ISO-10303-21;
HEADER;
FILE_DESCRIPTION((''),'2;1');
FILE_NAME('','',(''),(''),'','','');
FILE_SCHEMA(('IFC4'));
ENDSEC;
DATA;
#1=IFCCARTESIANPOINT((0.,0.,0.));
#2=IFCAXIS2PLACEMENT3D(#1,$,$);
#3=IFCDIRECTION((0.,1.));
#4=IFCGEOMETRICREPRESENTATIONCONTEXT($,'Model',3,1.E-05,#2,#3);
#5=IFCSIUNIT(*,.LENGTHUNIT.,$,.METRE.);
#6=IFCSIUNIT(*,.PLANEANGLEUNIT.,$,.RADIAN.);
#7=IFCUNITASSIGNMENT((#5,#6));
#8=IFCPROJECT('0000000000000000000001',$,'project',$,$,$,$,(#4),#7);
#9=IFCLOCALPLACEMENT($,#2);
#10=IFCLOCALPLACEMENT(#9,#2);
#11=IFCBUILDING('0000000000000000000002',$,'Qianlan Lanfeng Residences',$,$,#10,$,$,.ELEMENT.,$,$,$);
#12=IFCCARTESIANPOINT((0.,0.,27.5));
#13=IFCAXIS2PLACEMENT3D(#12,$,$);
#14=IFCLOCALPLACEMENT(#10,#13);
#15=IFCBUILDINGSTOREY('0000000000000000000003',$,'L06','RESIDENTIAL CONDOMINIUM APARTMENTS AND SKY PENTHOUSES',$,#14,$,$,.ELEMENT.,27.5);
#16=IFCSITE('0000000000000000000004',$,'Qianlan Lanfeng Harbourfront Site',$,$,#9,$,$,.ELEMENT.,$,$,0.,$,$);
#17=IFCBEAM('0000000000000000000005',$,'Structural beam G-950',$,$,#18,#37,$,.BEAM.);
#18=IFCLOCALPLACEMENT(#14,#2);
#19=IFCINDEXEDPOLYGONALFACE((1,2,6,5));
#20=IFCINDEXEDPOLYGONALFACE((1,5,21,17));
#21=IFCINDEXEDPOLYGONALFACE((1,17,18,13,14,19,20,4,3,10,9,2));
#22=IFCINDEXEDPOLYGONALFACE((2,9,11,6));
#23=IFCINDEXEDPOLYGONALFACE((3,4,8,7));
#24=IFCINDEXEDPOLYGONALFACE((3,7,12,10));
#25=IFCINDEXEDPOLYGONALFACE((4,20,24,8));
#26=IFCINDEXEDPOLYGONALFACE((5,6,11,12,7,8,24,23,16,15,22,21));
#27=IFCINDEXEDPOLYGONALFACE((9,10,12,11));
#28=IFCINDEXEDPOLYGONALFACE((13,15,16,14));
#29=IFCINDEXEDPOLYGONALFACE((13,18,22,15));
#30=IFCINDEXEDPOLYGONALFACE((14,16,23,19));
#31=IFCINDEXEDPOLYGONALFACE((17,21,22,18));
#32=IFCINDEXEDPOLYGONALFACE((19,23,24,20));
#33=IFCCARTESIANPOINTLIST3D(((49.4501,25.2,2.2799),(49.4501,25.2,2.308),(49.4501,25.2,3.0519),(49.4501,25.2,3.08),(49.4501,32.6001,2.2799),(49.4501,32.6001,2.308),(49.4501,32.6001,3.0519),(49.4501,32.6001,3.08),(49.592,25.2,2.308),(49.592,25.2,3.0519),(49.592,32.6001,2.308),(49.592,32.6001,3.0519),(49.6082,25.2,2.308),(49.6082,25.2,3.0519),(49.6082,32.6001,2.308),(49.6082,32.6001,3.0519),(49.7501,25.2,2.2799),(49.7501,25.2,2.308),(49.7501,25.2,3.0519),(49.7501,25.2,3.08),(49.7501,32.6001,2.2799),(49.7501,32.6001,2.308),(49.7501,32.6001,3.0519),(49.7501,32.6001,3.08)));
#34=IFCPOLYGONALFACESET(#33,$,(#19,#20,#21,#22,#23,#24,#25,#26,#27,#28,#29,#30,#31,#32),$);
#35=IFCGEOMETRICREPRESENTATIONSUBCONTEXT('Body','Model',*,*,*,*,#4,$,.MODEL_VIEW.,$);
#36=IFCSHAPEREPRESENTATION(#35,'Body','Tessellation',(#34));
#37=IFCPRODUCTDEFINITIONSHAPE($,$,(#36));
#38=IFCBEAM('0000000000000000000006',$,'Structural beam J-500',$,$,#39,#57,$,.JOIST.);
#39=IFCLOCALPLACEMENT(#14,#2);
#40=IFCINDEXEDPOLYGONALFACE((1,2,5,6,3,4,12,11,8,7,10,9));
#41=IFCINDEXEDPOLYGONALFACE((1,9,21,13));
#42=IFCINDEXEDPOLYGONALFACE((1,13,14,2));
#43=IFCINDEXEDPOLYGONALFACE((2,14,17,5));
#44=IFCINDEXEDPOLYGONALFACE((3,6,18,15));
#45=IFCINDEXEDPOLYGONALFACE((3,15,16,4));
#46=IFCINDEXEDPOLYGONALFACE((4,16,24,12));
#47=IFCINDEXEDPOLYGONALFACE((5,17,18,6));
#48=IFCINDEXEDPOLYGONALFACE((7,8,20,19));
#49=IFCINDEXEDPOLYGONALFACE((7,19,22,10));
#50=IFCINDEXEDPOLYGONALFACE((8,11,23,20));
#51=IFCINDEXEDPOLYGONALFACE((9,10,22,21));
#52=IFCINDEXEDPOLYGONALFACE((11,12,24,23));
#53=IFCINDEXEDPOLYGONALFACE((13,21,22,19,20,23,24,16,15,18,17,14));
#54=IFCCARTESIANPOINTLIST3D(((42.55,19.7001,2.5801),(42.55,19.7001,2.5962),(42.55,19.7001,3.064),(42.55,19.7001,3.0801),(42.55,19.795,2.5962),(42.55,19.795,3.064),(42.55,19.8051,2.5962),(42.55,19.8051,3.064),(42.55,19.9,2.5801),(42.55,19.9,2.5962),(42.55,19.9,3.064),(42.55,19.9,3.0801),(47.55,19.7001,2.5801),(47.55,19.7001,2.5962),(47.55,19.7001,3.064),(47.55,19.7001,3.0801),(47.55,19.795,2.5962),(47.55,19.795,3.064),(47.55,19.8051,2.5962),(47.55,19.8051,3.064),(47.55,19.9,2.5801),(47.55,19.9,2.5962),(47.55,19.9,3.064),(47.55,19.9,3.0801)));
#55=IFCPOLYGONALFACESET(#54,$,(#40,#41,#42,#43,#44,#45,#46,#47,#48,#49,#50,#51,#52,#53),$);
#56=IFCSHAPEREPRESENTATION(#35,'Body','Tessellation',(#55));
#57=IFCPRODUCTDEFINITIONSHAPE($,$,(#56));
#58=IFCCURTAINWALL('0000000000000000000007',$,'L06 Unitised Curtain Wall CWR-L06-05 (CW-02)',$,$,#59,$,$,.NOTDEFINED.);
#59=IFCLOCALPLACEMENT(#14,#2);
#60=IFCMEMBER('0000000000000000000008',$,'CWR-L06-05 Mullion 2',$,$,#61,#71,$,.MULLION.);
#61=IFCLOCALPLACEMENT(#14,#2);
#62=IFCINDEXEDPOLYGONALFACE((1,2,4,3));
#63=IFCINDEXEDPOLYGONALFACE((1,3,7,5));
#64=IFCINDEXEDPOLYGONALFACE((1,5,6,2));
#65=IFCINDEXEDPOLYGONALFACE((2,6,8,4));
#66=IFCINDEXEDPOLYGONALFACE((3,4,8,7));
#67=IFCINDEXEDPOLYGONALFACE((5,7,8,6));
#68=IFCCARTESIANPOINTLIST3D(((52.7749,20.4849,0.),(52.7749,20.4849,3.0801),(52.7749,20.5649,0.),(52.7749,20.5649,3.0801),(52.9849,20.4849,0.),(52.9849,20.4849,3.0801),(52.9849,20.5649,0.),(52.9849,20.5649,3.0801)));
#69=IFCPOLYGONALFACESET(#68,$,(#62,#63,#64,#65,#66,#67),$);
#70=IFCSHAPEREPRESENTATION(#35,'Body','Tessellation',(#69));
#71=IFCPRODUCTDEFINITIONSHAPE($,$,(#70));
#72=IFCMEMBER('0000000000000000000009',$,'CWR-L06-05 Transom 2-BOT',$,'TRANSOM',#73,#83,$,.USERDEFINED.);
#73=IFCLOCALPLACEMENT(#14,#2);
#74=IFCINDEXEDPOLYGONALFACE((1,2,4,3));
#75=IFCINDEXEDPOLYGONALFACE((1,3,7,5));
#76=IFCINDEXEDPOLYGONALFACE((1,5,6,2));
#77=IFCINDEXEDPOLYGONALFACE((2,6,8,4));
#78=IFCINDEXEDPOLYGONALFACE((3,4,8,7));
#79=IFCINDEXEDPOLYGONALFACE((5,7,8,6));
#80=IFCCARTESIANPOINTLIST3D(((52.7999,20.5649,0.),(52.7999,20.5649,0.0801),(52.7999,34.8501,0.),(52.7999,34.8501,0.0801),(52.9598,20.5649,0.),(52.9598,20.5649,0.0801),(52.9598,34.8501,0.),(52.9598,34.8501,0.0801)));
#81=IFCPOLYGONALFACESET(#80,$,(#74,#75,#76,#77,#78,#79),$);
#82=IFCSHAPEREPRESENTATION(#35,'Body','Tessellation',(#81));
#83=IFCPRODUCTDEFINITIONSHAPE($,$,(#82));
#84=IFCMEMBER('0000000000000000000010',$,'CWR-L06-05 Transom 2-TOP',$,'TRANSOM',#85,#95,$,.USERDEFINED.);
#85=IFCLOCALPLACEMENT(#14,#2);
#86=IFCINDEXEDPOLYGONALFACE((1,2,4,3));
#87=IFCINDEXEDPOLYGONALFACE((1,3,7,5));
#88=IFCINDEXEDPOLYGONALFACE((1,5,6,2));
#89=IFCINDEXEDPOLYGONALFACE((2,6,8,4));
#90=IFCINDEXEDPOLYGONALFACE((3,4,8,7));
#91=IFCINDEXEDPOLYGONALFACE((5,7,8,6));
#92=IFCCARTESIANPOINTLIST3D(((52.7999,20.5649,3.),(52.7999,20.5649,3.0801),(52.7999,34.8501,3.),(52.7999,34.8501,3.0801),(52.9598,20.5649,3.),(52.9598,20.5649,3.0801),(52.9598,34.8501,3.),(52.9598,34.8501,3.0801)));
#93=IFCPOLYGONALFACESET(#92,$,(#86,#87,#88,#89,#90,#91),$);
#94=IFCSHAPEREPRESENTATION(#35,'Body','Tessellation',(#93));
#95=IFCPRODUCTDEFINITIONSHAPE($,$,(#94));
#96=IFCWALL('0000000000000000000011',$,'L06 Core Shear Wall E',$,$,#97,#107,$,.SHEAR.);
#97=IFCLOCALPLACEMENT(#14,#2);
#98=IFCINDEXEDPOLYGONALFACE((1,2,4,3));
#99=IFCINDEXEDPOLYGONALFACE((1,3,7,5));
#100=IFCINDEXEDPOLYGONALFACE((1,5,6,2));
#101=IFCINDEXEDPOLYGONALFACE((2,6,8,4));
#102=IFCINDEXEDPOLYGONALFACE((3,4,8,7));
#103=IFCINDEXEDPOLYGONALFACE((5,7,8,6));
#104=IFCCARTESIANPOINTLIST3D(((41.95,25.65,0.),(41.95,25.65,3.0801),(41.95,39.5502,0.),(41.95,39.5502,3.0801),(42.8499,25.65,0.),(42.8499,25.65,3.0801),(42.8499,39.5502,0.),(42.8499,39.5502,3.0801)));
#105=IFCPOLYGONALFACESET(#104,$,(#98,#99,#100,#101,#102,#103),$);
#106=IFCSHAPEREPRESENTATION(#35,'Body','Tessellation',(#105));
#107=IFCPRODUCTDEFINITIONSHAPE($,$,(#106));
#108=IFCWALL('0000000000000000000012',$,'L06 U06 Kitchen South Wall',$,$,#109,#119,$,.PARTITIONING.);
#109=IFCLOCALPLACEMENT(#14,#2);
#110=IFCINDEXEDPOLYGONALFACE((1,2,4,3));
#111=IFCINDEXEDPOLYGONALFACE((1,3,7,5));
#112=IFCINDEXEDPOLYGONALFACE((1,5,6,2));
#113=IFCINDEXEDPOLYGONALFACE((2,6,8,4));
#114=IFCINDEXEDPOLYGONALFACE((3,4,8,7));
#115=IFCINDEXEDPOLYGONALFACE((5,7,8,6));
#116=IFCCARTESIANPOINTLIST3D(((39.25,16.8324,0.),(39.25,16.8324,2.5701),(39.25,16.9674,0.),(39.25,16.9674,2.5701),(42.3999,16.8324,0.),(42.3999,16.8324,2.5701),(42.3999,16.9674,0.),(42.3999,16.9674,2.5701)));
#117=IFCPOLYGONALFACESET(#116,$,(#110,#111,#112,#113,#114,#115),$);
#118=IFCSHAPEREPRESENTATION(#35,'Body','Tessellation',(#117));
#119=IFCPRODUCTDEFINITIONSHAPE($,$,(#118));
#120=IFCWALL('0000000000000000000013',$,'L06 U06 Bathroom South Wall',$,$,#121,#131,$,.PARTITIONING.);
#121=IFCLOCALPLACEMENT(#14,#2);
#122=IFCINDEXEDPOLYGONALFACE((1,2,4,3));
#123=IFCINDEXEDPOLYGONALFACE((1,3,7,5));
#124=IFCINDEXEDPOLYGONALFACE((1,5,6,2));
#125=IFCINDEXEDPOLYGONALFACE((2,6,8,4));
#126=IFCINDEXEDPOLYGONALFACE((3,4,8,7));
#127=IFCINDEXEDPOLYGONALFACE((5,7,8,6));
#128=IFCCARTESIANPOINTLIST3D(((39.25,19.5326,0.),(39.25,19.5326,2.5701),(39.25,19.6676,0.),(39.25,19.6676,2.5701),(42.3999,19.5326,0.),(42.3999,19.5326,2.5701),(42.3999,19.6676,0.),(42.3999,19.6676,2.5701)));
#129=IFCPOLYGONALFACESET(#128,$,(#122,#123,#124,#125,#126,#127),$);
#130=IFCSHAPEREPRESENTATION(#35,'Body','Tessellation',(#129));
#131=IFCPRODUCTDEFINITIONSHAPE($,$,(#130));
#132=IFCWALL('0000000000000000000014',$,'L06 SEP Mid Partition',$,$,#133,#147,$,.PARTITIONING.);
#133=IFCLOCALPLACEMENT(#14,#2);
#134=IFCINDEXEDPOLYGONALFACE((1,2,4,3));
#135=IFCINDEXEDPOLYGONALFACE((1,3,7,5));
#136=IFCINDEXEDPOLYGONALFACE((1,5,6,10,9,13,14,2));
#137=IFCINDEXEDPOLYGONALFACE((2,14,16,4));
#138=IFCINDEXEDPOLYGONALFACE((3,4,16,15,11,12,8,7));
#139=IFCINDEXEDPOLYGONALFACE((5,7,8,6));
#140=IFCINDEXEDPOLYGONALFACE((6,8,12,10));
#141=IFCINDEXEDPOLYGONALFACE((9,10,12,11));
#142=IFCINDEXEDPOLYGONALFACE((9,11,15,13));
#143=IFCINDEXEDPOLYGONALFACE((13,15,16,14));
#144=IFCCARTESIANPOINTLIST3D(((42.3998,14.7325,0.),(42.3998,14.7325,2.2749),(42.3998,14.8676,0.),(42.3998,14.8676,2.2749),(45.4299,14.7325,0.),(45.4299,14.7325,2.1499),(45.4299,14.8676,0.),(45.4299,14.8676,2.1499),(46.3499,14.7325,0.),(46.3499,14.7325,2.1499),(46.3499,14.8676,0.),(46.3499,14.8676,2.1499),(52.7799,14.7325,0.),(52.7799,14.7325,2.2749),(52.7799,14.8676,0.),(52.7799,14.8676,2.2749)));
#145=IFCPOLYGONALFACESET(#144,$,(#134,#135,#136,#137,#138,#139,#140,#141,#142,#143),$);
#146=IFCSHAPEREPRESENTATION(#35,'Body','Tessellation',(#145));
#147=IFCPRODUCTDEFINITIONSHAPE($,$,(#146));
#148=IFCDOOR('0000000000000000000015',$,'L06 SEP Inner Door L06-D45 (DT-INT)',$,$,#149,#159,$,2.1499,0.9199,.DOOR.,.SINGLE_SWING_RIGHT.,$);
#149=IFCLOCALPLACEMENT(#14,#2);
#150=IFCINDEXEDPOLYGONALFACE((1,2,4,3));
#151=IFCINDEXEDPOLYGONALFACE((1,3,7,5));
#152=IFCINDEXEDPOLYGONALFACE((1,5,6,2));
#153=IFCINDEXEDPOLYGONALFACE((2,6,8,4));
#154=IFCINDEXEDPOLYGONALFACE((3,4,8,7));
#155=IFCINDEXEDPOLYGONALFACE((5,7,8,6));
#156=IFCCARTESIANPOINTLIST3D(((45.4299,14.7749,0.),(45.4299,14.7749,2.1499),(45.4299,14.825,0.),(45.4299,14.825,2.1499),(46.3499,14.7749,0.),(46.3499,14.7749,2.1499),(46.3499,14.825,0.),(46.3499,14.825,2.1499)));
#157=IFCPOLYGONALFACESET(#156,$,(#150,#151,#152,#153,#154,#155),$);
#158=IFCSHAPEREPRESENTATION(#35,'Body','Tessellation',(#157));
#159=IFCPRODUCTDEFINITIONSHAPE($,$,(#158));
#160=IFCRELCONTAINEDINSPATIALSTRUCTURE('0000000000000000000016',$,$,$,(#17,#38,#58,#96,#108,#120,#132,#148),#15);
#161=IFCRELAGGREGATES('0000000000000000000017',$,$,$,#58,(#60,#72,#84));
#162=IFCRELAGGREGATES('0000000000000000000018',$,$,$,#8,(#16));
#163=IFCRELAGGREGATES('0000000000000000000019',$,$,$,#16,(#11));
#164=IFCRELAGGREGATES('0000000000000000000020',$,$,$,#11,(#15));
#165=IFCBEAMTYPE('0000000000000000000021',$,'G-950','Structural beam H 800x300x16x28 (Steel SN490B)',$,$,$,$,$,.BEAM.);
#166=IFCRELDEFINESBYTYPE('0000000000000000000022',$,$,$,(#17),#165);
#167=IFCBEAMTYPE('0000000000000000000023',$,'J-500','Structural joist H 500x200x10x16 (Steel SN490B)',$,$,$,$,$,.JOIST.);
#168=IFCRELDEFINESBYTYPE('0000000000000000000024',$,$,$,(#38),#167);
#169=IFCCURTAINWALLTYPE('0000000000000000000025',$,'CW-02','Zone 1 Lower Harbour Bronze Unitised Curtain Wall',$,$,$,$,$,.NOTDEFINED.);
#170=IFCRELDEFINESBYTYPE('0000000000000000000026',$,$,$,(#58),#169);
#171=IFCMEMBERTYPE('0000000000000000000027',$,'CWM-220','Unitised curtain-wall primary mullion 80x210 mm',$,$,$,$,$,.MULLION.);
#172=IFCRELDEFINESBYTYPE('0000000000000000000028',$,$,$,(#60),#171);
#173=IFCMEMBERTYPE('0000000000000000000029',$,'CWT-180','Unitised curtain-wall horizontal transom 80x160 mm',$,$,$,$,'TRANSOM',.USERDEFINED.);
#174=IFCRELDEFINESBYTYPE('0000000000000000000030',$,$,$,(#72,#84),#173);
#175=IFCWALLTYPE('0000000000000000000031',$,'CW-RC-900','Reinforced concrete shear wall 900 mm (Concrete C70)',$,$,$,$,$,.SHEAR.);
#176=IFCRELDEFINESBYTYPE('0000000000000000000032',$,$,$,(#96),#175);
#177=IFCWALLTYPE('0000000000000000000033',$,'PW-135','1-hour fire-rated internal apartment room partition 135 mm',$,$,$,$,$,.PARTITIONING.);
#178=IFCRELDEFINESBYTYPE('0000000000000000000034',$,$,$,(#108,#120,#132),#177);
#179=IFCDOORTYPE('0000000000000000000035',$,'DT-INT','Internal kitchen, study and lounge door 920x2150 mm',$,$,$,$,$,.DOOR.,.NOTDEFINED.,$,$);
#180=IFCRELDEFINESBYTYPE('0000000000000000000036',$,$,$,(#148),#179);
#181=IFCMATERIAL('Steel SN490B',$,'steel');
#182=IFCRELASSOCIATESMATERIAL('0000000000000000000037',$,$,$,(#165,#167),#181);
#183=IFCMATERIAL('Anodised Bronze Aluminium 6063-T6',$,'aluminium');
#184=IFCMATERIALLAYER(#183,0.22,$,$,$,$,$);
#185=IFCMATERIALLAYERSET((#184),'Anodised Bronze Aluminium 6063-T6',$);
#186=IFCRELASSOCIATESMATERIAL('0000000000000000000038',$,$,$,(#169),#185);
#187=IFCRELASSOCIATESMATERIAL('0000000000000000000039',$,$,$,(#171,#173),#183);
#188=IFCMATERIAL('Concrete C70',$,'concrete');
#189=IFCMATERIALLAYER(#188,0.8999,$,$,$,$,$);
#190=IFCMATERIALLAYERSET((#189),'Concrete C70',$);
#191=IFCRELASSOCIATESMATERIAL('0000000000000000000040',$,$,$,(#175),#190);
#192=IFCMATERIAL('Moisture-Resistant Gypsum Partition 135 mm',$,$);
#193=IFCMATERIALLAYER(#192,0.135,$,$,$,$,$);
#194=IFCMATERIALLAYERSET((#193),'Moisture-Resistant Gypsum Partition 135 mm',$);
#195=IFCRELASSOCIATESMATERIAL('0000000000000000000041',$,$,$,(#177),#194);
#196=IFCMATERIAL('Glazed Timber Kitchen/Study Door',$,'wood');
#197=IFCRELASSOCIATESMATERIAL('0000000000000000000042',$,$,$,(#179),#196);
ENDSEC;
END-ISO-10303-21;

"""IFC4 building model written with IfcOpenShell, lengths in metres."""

from ifc_helpers import new_model, si_unit, direction, frame, frame_2d, origin, origin_2d, place, context, subcontext, project, spatial, rectangle, i_section, extrude, source, transform, mapped, material, layer, layer_set, material_profile, profile_set, type_object, element, fill, aggregate, save


model = new_model("IFC4")

# Units and contexts
model_context = context("Model", 3, precision=1e-05, world=origin(), true_north=direction((0.0, 1.0)))
body_context = subcontext(model_context, "Body", "Model", "MODEL_VIEW")
ifc_project = project(units=[si_unit("LENGTHUNIT", "METRE"), si_unit("PLANEANGLEUNIT", "RADIAN")], contexts=[model_context])

# Site, building, storey
site_placement = place(None, origin())
site = spatial("IfcSite", under=ifc_project, at=site_placement, Name="Qianlan Lanfeng Harbourfront Site", CompositionType="ELEMENT", RefElevation=0.0)
building_placement = place(site_placement, origin())
building = spatial("IfcBuilding", under=site, at=building_placement, Name="Qianlan Lanfeng Residences", CompositionType="ELEMENT")
storey_placement = place(building_placement, frame((0.0, 0.0, 27.5)))
storey = spatial("IfcBuildingStorey", under=building, at=storey_placement, Name="L06", Description="RESIDENTIAL CONDOMINIUM APARTMENTS AND SKY PENTHOUSES", CompositionType="ELEMENT", Elevation=27.5)

# Beams
ifc_material_1 = material(Name="Steel SN490B", Category="steel")
ifc_material_profile_1 = material_profile(ifc_material_1, i_section(OverallWidth=0.3, OverallDepth=0.8, WebThickness=0.0161, FlangeThickness=0.0281, at=origin_2d()), Name="H 800x300x16x28")
ifc_profile_set_1 = profile_set([ifc_material_profile_1], Name="Steel SN490B")
beam_type_1 = type_object("IfcBeamType", Name="G-950", Description="Structural beam H 800x300x16x28 (Steel SN490B)", PredefinedType="BEAM", material=ifc_profile_set_1)
beam_1_placement = place(storey_placement, frame((49.6001, 25.2, 2.6799), z_axis=(0.0, 1.0, 0.0), x_axis=(-1.0, 0.0, 0.0)))
element("IfcBeam", 1, at=beam_1_placement, inside=storey, type_object=beam_type_1, Name="Structural beam G-950", PredefinedType="BEAM", context=body_context, shape_type="SweptSolid", body=[
    extrude(i_section(OverallWidth=0.3, OverallDepth=0.8, WebThickness=0.0161, FlangeThickness=0.0281, at=origin_2d()), origin(), (0.0, 0.0, 1.0), 7.4001),
])
ifc_material_profile_2 = material_profile(ifc_material_1, i_section(OverallWidth=0.2, OverallDepth=0.5, WebThickness=0.01, FlangeThickness=0.0161, at=origin_2d()), Name="H 500x200x10x16")
ifc_profile_set_2 = profile_set([ifc_material_profile_2], Name="Steel SN490B")
beam_type_2 = type_object("IfcBeamType", Name="J-500", Description="Structural joist H 500x200x10x16 (Steel SN490B)", PredefinedType="JOIST", material=ifc_profile_set_2)
beam_2_placement = place(storey_placement, frame((42.55, 19.8, 2.8301), z_axis=(1.0, 0.0, 0.0), x_axis=(0.0, 1.0, 0.0)))
element("IfcBeam", 2, at=beam_2_placement, inside=storey, type_object=beam_type_2, Name="Structural beam J-500", PredefinedType="JOIST", context=body_context, shape_type="SweptSolid", body=[
    extrude(i_section(OverallWidth=0.2, OverallDepth=0.5, WebThickness=0.01, FlangeThickness=0.0161, at=origin_2d()), origin(), (0.0, 0.0, 1.0), 5.0),
])

# Curtain wall, members
ifc_material_2 = material(Name="Anodised Bronze Aluminium 6063-T6", Category="aluminium")
ifc_layer_1 = layer(ifc_material_2, 0.22)
ifc_layer_set_1 = layer_set([ifc_layer_1], Name="Anodised Bronze Aluminium 6063-T6")
curtain_wall_type = type_object("IfcCurtainWallType", Name="CW-02", Description="Zone 1 Lower Harbour Bronze Unitised Curtain Wall", PredefinedType="NOTDEFINED", material=ifc_layer_set_1)
curtain_wall_placement = place(storey_placement, origin())
curtain_wall = element("IfcCurtainWall", 3, at=curtain_wall_placement, inside=storey, type_object=curtain_wall_type, Name="L06 Unitised Curtain Wall CWR-L06-05 (CW-02)", PredefinedType="NOTDEFINED")
ifc_material_profile_3 = material_profile(ifc_material_2, rectangle(XDim=0.0801, YDim=0.21, at=origin_2d()), Name="ALU MULLION 80x210")
ifc_profile_set_3 = profile_set([ifc_material_profile_3], Name="Anodised Bronze Aluminium 6063-T6")
member_type_1 = type_object("IfcMemberType", Name="CWM-220", Description="Unitised curtain-wall primary mullion 80x210 mm", PredefinedType="MULLION", material=ifc_profile_set_3)
shared_shape_1 = source(origin(), body_context, "Body", "SweptSolid", [
    extrude(rectangle(XDim=0.0801, YDim=0.21, at=origin_2d()), origin(), (0.0, 0.0, 1.0), 3.0801),
])
member_1_placement = place(storey_placement, frame((52.8799, 20.5249, 0.0), z_axis=(0.0, 0.0, 1.0), x_axis=(0.0, 1.0, 0.0)))
member_1 = element("IfcMember", 4, at=member_1_placement, type_object=member_type_1, Name="CWR-L06-05 Mullion 2", PredefinedType="MULLION", context=body_context, shape_type="MappedRepresentation", body=[
    mapped(shared_shape_1, transform((0.0, 0.0, 0.0), scale=1.0)),
])
ifc_material_profile_4 = material_profile(ifc_material_2, rectangle(XDim=0.0801, YDim=0.1599, at=origin_2d()), Name="ALU TRANSOM 80x160")
ifc_profile_set_4 = profile_set([ifc_material_profile_4], Name="Anodised Bronze Aluminium 6063-T6")
member_type_2 = type_object("IfcMemberType", Name="CWT-180", Description="Unitised curtain-wall horizontal transom 80x160 mm", ElementType="TRANSOM", PredefinedType="USERDEFINED", material=ifc_profile_set_4)
shared_shape_2 = source(origin(), body_context, "Body", "SweptSolid", [
    extrude(rectangle(XDim=0.0801, YDim=0.1599, at=origin_2d()), origin(), (0.0, 0.0, 1.0), 14.2852),
])
member_2_placement = place(storey_placement, frame((52.8799, 20.5649, 0.04), z_axis=(0.0, 1.0, 0.0), x_axis=(0.0, 0.0, 1.0)))
member_2 = element("IfcMember", 5, at=member_2_placement, type_object=member_type_2, Name="CWR-L06-05 Transom 2-BOT", ObjectType="TRANSOM", PredefinedType="USERDEFINED", context=body_context, shape_type="MappedRepresentation", body=[
    mapped(shared_shape_2, transform((0.0, 0.0, 0.0), scale=1.0)),
])
member_3_placement = place(storey_placement, frame((52.8799, 20.5649, 3.04), z_axis=(0.0, 1.0, 0.0), x_axis=(0.0, 0.0, 1.0)))
member_3 = element("IfcMember", 6, at=member_3_placement, type_object=member_type_2, Name="CWR-L06-05 Transom 2-TOP", ObjectType="TRANSOM", PredefinedType="USERDEFINED", context=body_context, shape_type="MappedRepresentation", body=[
    mapped(shared_shape_2, transform((0.0, 0.0, 0.0), scale=1.0)),
])
aggregate(curtain_wall, [member_1, member_2, member_3])

# Walls
ifc_material_3 = material(Name="Concrete C70", Category="concrete")
ifc_layer_2 = layer(ifc_material_3, 0.8999)
ifc_layer_set_2 = layer_set([ifc_layer_2], Name="Concrete C70")
wall_type_1 = type_object("IfcWallType", Name="CW-RC-900", Description="Reinforced concrete shear wall 900 mm (Concrete C70)", PredefinedType="SHEAR", material=ifc_layer_set_2)
wall_1_placement = place(storey_placement, frame((42.3999, 25.6499, 0.0), z_axis=(0.0, 0.0, 1.0), x_axis=(0.0, 1.0, 0.0)))
element("IfcWall", 7, at=wall_1_placement, inside=storey, type_object=wall_type_1, Name="L06 Core Shear Wall E", PredefinedType="SHEAR", context=body_context, shape_type="SweptSolid", body=[
    extrude(rectangle(XDim=13.9001, YDim=0.8999, at=frame_2d((6.9502, 0.0))), origin(), (0.0, 0.0, 1.0), 3.0801),
])
ifc_material_4 = material(Name="Moisture-Resistant Gypsum Partition 135 mm")
ifc_layer_3 = layer(ifc_material_4, 0.135)
ifc_layer_set_3 = layer_set([ifc_layer_3], Name="Moisture-Resistant Gypsum Partition 135 mm")
wall_type_2 = type_object("IfcWallType", Name="PW-135", Description="1-hour fire-rated internal apartment room partition 135 mm", PredefinedType="PARTITIONING", material=ifc_layer_set_3)
for number, where, z_axis, x_axis, name in (
    (8, (39.25, 16.8999, 0.0), (0.0, 0.0, 1.0), (1.0, 0.0, 0.0), "L06 U06 Kitchen South Wall"),
    (9, (39.25, 19.6001, 0.0), (0.0, 0.0, 1.0), (1.0, 0.0, 0.0), "L06 U06 Bathroom South Wall"),
):
    element("IfcWall", number, at=place(storey_placement, frame(where, z_axis=z_axis, x_axis=x_axis)), inside=storey, type_object=wall_type_2, Name=name, PredefinedType="PARTITIONING", context=body_context, shape_type="SweptSolid", body=[
        extrude(rectangle(XDim=3.1499, YDim=0.135, at=frame_2d((1.575, 0.0))), origin(), (0.0, 0.0, 1.0), 2.5701),
    ])

# Wall, opening, door
wall_2_placement = place(storey_placement, frame((42.3999, 14.8, 0.0), z_axis=(0.0, 0.0, 1.0), x_axis=(1.0, 0.0, 0.0)))
wall_2 = element("IfcWall", 10, at=wall_2_placement, inside=storey, type_object=wall_type_2, Name="L06 SEP Mid Partition", PredefinedType="PARTITIONING", context=body_context, shape_type="SweptSolid", body=[
    extrude(rectangle(XDim=10.3801, YDim=0.135, at=frame_2d((5.1899, 0.0))), origin(), (0.0, 0.0, 1.0), 2.2749),
])
opening_1_placement = place(wall_2_placement, frame((3.03, 0.0, 0.0)))
opening_1 = element("IfcOpeningElement", 11, at=opening_1_placement, cuts=wall_2, PredefinedType="OPENING", context=body_context, shape_type="SweptSolid", body=[
    extrude(rectangle(XDim=0.9199, YDim=2.1499, at=frame_2d((0.46, 1.075))), frame((0.0, 0.0776, 0.0), z_axis=(0.0, -1.0, 0.0), x_axis=(1.0, 0.0, 0.0)), (0.0, 0.0, 1.0), 0.155),
])
ifc_material_5 = material(Name="Glazed Timber Kitchen/Study Door", Category="wood")
door_type = type_object("IfcDoorType", Name="DT-INT", Description="Internal kitchen, study and lounge door 920x2150 mm", OperationType="NOTDEFINED", PredefinedType="DOOR", material=ifc_material_5)
door_1_placement = place(opening_1_placement, origin())
door_1 = element("IfcDoor", 12, at=door_1_placement, inside=storey, type_object=door_type, Name="L06 SEP Inner Door L06-D45 (DT-INT)", OperationType="SINGLE_SWING_RIGHT", OverallHeight=2.1499, OverallWidth=0.9199, PredefinedType="DOOR", context=body_context, shape_type="SweptSolid", body=[
    extrude(rectangle(XDim=0.9199, YDim=2.1499, at=frame_2d((0.46, 1.075))), frame((0.0, 0.0249, 0.0), z_axis=(0.0, -1.0, 0.0), x_axis=(1.0, 0.0, 0.0)), (0.0, 0.0, 1.0), 0.05),
])
fill(opening_1, door_1)

save(model, "model.ifc")
